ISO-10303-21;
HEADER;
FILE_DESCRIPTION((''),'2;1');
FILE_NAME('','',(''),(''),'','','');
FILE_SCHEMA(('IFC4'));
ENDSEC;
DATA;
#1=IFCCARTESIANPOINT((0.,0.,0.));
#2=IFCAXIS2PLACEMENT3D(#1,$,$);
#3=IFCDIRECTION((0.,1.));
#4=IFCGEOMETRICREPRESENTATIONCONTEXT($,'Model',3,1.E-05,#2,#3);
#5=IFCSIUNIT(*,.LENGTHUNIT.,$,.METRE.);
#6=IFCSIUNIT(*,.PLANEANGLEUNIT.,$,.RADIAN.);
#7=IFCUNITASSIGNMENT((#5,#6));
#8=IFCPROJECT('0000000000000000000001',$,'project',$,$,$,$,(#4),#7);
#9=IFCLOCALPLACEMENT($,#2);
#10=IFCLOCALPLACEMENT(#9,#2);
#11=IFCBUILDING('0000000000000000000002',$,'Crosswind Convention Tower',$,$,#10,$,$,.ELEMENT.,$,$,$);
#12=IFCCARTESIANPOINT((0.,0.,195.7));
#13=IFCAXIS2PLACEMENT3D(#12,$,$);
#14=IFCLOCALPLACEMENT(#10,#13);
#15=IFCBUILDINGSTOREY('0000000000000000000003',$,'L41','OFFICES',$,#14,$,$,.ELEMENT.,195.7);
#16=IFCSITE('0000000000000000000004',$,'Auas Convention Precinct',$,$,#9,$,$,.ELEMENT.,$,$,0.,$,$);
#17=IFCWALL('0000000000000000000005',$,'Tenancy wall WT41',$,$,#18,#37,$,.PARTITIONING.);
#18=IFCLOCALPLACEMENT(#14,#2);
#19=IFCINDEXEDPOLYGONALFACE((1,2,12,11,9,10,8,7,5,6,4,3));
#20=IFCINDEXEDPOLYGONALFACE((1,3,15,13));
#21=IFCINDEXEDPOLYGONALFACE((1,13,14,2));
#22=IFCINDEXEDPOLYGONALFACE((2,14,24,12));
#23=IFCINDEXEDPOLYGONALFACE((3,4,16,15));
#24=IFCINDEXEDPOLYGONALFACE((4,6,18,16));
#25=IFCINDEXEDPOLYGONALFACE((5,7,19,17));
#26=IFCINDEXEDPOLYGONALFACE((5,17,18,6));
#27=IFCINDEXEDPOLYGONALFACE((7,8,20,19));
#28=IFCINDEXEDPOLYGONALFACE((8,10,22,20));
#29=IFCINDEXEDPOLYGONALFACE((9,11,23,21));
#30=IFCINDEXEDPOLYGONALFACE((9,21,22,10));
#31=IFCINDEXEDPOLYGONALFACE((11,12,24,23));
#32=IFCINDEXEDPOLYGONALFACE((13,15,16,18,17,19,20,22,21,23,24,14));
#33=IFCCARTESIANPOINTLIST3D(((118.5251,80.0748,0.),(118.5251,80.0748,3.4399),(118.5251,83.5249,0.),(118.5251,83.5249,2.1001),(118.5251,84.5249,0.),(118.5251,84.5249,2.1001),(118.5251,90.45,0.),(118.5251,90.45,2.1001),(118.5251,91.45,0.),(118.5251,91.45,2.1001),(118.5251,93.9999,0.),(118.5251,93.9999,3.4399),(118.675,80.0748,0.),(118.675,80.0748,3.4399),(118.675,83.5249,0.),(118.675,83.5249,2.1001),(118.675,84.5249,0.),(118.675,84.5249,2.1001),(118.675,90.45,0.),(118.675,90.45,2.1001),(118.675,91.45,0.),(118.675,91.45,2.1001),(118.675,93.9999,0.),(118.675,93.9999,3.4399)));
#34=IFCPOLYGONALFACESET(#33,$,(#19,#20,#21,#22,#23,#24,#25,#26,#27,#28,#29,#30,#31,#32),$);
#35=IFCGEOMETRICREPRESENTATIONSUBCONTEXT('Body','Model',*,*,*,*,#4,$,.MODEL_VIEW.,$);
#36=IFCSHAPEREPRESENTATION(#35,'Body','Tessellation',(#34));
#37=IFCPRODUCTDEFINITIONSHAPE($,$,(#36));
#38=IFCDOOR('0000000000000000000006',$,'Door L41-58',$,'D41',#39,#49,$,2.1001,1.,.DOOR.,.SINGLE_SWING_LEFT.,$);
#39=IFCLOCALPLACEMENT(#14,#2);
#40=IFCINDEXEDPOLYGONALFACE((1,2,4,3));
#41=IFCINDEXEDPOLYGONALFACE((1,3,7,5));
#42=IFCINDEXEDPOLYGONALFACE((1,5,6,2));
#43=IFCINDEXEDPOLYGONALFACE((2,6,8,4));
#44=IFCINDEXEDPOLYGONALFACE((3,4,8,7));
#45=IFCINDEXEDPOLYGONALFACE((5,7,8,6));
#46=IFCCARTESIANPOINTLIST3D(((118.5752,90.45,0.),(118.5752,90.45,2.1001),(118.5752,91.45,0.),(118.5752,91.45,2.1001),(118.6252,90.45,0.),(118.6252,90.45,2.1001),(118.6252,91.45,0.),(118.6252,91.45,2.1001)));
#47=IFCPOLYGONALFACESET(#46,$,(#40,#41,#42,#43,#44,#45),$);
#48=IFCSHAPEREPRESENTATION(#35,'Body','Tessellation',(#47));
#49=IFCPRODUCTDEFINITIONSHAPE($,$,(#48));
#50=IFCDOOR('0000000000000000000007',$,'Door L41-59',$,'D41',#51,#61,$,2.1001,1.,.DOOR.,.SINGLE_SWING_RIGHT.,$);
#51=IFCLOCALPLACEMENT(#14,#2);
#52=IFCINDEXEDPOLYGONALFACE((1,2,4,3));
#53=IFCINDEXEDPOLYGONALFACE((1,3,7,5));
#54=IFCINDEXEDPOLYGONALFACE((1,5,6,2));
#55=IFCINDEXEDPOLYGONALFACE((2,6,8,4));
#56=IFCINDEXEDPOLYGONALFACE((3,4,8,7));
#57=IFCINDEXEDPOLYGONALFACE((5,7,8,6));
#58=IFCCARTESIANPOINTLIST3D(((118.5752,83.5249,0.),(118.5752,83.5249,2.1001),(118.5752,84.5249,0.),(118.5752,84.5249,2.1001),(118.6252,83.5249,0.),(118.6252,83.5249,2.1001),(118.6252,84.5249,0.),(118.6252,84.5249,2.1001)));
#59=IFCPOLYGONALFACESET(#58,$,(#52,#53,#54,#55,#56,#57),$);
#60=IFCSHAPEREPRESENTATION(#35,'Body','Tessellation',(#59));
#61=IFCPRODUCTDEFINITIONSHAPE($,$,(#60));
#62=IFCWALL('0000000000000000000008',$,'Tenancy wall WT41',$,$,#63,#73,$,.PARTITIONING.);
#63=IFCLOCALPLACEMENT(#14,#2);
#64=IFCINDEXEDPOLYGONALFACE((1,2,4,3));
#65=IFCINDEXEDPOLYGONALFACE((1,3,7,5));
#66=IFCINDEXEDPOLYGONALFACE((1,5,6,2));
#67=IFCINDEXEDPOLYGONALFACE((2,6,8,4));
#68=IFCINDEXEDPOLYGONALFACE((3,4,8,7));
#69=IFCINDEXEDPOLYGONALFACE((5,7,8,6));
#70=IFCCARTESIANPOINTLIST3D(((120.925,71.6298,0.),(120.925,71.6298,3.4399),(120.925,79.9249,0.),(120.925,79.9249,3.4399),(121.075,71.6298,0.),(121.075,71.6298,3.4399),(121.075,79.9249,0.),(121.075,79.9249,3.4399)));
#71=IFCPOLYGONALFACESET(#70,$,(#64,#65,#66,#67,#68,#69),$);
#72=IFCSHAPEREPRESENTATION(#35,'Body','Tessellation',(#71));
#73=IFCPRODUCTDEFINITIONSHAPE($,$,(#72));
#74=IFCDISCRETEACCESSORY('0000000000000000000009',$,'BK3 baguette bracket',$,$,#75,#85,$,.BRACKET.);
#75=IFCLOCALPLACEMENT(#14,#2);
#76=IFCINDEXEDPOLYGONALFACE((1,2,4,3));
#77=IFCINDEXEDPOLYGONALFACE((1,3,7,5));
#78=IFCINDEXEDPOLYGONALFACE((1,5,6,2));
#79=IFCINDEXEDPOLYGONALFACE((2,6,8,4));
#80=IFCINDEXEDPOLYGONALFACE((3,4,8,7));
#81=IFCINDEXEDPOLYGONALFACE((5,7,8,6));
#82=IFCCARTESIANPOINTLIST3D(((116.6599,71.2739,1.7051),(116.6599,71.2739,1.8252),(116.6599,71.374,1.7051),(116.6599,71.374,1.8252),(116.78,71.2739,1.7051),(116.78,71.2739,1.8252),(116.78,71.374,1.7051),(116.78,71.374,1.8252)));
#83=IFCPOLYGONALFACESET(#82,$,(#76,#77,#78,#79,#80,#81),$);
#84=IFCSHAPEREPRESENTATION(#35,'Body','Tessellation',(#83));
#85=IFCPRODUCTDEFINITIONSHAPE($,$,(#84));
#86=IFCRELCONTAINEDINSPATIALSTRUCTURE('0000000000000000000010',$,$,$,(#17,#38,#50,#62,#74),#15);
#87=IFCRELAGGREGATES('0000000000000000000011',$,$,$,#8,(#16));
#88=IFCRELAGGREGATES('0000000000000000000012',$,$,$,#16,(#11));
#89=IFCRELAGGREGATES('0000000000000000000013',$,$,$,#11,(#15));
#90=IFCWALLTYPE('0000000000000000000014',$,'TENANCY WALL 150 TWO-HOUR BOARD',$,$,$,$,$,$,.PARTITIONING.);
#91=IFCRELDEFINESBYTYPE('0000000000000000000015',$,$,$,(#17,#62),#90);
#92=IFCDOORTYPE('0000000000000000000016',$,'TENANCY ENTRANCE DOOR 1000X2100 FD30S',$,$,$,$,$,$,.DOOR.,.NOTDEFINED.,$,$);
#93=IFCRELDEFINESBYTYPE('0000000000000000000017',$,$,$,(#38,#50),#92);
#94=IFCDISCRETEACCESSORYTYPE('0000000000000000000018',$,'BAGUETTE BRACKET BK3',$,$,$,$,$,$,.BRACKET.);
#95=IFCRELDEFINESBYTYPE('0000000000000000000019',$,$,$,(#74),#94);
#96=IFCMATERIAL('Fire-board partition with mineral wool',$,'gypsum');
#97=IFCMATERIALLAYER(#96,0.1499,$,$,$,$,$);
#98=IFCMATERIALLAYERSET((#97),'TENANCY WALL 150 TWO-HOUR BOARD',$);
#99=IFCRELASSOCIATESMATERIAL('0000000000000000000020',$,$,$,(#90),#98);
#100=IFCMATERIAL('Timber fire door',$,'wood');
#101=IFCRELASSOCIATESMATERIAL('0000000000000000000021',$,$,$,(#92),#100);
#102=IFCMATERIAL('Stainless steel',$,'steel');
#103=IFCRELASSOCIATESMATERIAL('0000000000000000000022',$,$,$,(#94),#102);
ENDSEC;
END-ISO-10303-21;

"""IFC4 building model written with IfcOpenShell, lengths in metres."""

from ifc_helpers import new_model, si_unit, direction, frame, frame_2d, origin, origin_2d, place, context, subcontext, project, spatial, rectangle, extrude, material, layer, layer_set, type_object, element, fill, save


model = new_model("IFC4")

# Units and contexts
model_context = context("Model", 3, precision=1e-05, world=origin(), true_north=direction((0.0, 1.0)))
body_context = subcontext(model_context, "Body", "Model", "MODEL_VIEW")
ifc_project = project(units=[si_unit("LENGTHUNIT", "METRE"), si_unit("PLANEANGLEUNIT", "RADIAN")], contexts=[model_context])

# Site, building, storey
site_placement = place(None, origin())
site = spatial("IfcSite", under=ifc_project, at=site_placement, Name="Auas Convention Precinct", CompositionType="ELEMENT", RefElevation=0.0)
building_placement = place(site_placement, origin())
building = spatial("IfcBuilding", under=site, at=building_placement, Name="Crosswind Convention Tower", CompositionType="ELEMENT")
storey_placement = place(building_placement, frame((0.0, 0.0, 195.7)))
storey = spatial("IfcBuildingStorey", under=building, at=storey_placement, Name="L41", Description="OFFICES", CompositionType="ELEMENT", Elevation=195.7)

# Wall, openings, doors
ifc_material_1 = material(Name="Fire-board partition with mineral wool", Category="gypsum")
ifc_layer_1 = layer(ifc_material_1, 0.1499)
ifc_layer_set_1 = layer_set([ifc_layer_1], Name="TENANCY WALL 150 TWO-HOUR BOARD")
wall_type = type_object("IfcWallType", Name="TENANCY WALL 150 TWO-HOUR BOARD", PredefinedType="PARTITIONING", material=ifc_layer_set_1)
wall_1_placement = place(storey_placement, frame((118.6001, 80.075, 0.0), z_axis=(0.0, 0.0, 1.0), x_axis=(0.0, 1.0, 0.0)))
wall_1 = element("IfcWall", 1, at=wall_1_placement, inside=storey, type_object=wall_type, Name="Tenancy wall WT41", PredefinedType="PARTITIONING", context=body_context, shape_type="SweptSolid", body=[
    extrude(rectangle(XDim=13.925, YDim=0.1499, at=frame_2d((6.9624, 0.0))), origin(), (0.0, 0.0, 1.0), 3.4399),
])
opening_1_placement = place(wall_1_placement, frame((10.375, 0.0, 0.0)))
opening_1 = element("IfcOpeningElement", 2, at=opening_1_placement, cuts=wall_1, PredefinedType="OPENING", context=body_context, shape_type="SweptSolid", body=[
    extrude(rectangle(XDim=1.0, YDim=2.1001, at=frame_2d((0.5, 1.05))), frame((0.0, 0.085, 0.0), z_axis=(0.0, -1.0, 0.0), x_axis=(1.0, 0.0, 0.0)), (0.0, 0.0, 1.0), 0.1699),
])
opening_2_placement = place(wall_1_placement, frame((3.45, 0.0, 0.0)))
opening_2 = element("IfcOpeningElement", 3, at=opening_2_placement, cuts=wall_1, PredefinedType="OPENING", context=body_context, shape_type="SweptSolid", body=[
    extrude(rectangle(XDim=1.0, YDim=2.1001, at=frame_2d((0.5, 1.05))), frame((0.0, 0.085, 0.0), z_axis=(0.0, -1.0, 0.0), x_axis=(1.0, 0.0, 0.0)), (0.0, 0.0, 1.0), 0.1699),
])
ifc_material_2 = material(Name="Timber fire door", Category="wood")
door_type = type_object("IfcDoorType", Name="TENANCY ENTRANCE DOOR 1000X2100 FD30S", OperationType="NOTDEFINED", PredefinedType="DOOR", material=ifc_material_2)
door_1_placement = place(opening_1_placement, origin())
door_1 = element("IfcDoor", 4, at=door_1_placement, inside=storey, type_object=door_type, Name="Door L41-58", ObjectType="D41", OperationType="SINGLE_SWING_LEFT", OverallHeight=2.1001, OverallWidth=1.0, PredefinedType="DOOR", context=body_context, shape_type="SweptSolid", body=[
    extrude(rectangle(XDim=1.0, YDim=2.1001, at=frame_2d((0.5, 1.05))), frame((0.0, 0.0249, 0.0), z_axis=(0.0, -1.0, 0.0), x_axis=(1.0, 0.0, 0.0)), (0.0, 0.0, 1.0), 0.05),
])
fill(opening_1, door_1)
door_2_placement = place(opening_2_placement, origin())
door_2 = element("IfcDoor", 5, at=door_2_placement, inside=storey, type_object=door_type, Name="Door L41-59", ObjectType="D41", OperationType="SINGLE_SWING_RIGHT", OverallHeight=2.1001, OverallWidth=1.0, PredefinedType="DOOR", context=body_context, shape_type="SweptSolid", body=[
    extrude(rectangle(XDim=1.0, YDim=2.1001, at=frame_2d((0.5, 1.05))), frame((0.0, 0.0249, 0.0), z_axis=(0.0, -1.0, 0.0), x_axis=(1.0, 0.0, 0.0)), (0.0, 0.0, 1.0), 0.05),
])
fill(opening_2, door_2)

# Wall
wall_2_placement = place(storey_placement, frame((121.0, 71.6299, 0.0), z_axis=(0.0, 0.0, 1.0), x_axis=(0.0, 1.0, 0.0)))
element("IfcWall", 6, at=wall_2_placement, inside=storey, type_object=wall_type, Name="Tenancy wall WT41", PredefinedType="PARTITIONING", context=body_context, shape_type="SweptSolid", body=[
    extrude(rectangle(XDim=8.2952, YDim=0.1499, at=frame_2d((4.1475, 0.0))), origin(), (0.0, 0.0, 1.0), 3.4399),
])

# Discrete accessory
ifc_material_3 = material(Name="Stainless steel", Category="steel")
discrete_accessory_type = type_object("IfcDiscreteAccessoryType", Name="BAGUETTE BRACKET BK3", PredefinedType="BRACKET", material=ifc_material_3)
discrete_accessory_placement = place(storey_placement, frame((116.72, 71.324, 1.7051), z_axis=(0.0, 0.0, 1.0), x_axis=(1.0, 0.0, 0.0)))
element("IfcDiscreteAccessory", 7, at=discrete_accessory_placement, inside=storey, type_object=discrete_accessory_type, Name="BK3 baguette bracket", PredefinedType="BRACKET", context=body_context, shape_type="SweptSolid", body=[
    extrude(rectangle(XDim=0.1201, YDim=0.1001, at=origin_2d()), origin(), (0.0, 0.0, 1.0), 0.1201),
])

save(model, "model.ifc")
